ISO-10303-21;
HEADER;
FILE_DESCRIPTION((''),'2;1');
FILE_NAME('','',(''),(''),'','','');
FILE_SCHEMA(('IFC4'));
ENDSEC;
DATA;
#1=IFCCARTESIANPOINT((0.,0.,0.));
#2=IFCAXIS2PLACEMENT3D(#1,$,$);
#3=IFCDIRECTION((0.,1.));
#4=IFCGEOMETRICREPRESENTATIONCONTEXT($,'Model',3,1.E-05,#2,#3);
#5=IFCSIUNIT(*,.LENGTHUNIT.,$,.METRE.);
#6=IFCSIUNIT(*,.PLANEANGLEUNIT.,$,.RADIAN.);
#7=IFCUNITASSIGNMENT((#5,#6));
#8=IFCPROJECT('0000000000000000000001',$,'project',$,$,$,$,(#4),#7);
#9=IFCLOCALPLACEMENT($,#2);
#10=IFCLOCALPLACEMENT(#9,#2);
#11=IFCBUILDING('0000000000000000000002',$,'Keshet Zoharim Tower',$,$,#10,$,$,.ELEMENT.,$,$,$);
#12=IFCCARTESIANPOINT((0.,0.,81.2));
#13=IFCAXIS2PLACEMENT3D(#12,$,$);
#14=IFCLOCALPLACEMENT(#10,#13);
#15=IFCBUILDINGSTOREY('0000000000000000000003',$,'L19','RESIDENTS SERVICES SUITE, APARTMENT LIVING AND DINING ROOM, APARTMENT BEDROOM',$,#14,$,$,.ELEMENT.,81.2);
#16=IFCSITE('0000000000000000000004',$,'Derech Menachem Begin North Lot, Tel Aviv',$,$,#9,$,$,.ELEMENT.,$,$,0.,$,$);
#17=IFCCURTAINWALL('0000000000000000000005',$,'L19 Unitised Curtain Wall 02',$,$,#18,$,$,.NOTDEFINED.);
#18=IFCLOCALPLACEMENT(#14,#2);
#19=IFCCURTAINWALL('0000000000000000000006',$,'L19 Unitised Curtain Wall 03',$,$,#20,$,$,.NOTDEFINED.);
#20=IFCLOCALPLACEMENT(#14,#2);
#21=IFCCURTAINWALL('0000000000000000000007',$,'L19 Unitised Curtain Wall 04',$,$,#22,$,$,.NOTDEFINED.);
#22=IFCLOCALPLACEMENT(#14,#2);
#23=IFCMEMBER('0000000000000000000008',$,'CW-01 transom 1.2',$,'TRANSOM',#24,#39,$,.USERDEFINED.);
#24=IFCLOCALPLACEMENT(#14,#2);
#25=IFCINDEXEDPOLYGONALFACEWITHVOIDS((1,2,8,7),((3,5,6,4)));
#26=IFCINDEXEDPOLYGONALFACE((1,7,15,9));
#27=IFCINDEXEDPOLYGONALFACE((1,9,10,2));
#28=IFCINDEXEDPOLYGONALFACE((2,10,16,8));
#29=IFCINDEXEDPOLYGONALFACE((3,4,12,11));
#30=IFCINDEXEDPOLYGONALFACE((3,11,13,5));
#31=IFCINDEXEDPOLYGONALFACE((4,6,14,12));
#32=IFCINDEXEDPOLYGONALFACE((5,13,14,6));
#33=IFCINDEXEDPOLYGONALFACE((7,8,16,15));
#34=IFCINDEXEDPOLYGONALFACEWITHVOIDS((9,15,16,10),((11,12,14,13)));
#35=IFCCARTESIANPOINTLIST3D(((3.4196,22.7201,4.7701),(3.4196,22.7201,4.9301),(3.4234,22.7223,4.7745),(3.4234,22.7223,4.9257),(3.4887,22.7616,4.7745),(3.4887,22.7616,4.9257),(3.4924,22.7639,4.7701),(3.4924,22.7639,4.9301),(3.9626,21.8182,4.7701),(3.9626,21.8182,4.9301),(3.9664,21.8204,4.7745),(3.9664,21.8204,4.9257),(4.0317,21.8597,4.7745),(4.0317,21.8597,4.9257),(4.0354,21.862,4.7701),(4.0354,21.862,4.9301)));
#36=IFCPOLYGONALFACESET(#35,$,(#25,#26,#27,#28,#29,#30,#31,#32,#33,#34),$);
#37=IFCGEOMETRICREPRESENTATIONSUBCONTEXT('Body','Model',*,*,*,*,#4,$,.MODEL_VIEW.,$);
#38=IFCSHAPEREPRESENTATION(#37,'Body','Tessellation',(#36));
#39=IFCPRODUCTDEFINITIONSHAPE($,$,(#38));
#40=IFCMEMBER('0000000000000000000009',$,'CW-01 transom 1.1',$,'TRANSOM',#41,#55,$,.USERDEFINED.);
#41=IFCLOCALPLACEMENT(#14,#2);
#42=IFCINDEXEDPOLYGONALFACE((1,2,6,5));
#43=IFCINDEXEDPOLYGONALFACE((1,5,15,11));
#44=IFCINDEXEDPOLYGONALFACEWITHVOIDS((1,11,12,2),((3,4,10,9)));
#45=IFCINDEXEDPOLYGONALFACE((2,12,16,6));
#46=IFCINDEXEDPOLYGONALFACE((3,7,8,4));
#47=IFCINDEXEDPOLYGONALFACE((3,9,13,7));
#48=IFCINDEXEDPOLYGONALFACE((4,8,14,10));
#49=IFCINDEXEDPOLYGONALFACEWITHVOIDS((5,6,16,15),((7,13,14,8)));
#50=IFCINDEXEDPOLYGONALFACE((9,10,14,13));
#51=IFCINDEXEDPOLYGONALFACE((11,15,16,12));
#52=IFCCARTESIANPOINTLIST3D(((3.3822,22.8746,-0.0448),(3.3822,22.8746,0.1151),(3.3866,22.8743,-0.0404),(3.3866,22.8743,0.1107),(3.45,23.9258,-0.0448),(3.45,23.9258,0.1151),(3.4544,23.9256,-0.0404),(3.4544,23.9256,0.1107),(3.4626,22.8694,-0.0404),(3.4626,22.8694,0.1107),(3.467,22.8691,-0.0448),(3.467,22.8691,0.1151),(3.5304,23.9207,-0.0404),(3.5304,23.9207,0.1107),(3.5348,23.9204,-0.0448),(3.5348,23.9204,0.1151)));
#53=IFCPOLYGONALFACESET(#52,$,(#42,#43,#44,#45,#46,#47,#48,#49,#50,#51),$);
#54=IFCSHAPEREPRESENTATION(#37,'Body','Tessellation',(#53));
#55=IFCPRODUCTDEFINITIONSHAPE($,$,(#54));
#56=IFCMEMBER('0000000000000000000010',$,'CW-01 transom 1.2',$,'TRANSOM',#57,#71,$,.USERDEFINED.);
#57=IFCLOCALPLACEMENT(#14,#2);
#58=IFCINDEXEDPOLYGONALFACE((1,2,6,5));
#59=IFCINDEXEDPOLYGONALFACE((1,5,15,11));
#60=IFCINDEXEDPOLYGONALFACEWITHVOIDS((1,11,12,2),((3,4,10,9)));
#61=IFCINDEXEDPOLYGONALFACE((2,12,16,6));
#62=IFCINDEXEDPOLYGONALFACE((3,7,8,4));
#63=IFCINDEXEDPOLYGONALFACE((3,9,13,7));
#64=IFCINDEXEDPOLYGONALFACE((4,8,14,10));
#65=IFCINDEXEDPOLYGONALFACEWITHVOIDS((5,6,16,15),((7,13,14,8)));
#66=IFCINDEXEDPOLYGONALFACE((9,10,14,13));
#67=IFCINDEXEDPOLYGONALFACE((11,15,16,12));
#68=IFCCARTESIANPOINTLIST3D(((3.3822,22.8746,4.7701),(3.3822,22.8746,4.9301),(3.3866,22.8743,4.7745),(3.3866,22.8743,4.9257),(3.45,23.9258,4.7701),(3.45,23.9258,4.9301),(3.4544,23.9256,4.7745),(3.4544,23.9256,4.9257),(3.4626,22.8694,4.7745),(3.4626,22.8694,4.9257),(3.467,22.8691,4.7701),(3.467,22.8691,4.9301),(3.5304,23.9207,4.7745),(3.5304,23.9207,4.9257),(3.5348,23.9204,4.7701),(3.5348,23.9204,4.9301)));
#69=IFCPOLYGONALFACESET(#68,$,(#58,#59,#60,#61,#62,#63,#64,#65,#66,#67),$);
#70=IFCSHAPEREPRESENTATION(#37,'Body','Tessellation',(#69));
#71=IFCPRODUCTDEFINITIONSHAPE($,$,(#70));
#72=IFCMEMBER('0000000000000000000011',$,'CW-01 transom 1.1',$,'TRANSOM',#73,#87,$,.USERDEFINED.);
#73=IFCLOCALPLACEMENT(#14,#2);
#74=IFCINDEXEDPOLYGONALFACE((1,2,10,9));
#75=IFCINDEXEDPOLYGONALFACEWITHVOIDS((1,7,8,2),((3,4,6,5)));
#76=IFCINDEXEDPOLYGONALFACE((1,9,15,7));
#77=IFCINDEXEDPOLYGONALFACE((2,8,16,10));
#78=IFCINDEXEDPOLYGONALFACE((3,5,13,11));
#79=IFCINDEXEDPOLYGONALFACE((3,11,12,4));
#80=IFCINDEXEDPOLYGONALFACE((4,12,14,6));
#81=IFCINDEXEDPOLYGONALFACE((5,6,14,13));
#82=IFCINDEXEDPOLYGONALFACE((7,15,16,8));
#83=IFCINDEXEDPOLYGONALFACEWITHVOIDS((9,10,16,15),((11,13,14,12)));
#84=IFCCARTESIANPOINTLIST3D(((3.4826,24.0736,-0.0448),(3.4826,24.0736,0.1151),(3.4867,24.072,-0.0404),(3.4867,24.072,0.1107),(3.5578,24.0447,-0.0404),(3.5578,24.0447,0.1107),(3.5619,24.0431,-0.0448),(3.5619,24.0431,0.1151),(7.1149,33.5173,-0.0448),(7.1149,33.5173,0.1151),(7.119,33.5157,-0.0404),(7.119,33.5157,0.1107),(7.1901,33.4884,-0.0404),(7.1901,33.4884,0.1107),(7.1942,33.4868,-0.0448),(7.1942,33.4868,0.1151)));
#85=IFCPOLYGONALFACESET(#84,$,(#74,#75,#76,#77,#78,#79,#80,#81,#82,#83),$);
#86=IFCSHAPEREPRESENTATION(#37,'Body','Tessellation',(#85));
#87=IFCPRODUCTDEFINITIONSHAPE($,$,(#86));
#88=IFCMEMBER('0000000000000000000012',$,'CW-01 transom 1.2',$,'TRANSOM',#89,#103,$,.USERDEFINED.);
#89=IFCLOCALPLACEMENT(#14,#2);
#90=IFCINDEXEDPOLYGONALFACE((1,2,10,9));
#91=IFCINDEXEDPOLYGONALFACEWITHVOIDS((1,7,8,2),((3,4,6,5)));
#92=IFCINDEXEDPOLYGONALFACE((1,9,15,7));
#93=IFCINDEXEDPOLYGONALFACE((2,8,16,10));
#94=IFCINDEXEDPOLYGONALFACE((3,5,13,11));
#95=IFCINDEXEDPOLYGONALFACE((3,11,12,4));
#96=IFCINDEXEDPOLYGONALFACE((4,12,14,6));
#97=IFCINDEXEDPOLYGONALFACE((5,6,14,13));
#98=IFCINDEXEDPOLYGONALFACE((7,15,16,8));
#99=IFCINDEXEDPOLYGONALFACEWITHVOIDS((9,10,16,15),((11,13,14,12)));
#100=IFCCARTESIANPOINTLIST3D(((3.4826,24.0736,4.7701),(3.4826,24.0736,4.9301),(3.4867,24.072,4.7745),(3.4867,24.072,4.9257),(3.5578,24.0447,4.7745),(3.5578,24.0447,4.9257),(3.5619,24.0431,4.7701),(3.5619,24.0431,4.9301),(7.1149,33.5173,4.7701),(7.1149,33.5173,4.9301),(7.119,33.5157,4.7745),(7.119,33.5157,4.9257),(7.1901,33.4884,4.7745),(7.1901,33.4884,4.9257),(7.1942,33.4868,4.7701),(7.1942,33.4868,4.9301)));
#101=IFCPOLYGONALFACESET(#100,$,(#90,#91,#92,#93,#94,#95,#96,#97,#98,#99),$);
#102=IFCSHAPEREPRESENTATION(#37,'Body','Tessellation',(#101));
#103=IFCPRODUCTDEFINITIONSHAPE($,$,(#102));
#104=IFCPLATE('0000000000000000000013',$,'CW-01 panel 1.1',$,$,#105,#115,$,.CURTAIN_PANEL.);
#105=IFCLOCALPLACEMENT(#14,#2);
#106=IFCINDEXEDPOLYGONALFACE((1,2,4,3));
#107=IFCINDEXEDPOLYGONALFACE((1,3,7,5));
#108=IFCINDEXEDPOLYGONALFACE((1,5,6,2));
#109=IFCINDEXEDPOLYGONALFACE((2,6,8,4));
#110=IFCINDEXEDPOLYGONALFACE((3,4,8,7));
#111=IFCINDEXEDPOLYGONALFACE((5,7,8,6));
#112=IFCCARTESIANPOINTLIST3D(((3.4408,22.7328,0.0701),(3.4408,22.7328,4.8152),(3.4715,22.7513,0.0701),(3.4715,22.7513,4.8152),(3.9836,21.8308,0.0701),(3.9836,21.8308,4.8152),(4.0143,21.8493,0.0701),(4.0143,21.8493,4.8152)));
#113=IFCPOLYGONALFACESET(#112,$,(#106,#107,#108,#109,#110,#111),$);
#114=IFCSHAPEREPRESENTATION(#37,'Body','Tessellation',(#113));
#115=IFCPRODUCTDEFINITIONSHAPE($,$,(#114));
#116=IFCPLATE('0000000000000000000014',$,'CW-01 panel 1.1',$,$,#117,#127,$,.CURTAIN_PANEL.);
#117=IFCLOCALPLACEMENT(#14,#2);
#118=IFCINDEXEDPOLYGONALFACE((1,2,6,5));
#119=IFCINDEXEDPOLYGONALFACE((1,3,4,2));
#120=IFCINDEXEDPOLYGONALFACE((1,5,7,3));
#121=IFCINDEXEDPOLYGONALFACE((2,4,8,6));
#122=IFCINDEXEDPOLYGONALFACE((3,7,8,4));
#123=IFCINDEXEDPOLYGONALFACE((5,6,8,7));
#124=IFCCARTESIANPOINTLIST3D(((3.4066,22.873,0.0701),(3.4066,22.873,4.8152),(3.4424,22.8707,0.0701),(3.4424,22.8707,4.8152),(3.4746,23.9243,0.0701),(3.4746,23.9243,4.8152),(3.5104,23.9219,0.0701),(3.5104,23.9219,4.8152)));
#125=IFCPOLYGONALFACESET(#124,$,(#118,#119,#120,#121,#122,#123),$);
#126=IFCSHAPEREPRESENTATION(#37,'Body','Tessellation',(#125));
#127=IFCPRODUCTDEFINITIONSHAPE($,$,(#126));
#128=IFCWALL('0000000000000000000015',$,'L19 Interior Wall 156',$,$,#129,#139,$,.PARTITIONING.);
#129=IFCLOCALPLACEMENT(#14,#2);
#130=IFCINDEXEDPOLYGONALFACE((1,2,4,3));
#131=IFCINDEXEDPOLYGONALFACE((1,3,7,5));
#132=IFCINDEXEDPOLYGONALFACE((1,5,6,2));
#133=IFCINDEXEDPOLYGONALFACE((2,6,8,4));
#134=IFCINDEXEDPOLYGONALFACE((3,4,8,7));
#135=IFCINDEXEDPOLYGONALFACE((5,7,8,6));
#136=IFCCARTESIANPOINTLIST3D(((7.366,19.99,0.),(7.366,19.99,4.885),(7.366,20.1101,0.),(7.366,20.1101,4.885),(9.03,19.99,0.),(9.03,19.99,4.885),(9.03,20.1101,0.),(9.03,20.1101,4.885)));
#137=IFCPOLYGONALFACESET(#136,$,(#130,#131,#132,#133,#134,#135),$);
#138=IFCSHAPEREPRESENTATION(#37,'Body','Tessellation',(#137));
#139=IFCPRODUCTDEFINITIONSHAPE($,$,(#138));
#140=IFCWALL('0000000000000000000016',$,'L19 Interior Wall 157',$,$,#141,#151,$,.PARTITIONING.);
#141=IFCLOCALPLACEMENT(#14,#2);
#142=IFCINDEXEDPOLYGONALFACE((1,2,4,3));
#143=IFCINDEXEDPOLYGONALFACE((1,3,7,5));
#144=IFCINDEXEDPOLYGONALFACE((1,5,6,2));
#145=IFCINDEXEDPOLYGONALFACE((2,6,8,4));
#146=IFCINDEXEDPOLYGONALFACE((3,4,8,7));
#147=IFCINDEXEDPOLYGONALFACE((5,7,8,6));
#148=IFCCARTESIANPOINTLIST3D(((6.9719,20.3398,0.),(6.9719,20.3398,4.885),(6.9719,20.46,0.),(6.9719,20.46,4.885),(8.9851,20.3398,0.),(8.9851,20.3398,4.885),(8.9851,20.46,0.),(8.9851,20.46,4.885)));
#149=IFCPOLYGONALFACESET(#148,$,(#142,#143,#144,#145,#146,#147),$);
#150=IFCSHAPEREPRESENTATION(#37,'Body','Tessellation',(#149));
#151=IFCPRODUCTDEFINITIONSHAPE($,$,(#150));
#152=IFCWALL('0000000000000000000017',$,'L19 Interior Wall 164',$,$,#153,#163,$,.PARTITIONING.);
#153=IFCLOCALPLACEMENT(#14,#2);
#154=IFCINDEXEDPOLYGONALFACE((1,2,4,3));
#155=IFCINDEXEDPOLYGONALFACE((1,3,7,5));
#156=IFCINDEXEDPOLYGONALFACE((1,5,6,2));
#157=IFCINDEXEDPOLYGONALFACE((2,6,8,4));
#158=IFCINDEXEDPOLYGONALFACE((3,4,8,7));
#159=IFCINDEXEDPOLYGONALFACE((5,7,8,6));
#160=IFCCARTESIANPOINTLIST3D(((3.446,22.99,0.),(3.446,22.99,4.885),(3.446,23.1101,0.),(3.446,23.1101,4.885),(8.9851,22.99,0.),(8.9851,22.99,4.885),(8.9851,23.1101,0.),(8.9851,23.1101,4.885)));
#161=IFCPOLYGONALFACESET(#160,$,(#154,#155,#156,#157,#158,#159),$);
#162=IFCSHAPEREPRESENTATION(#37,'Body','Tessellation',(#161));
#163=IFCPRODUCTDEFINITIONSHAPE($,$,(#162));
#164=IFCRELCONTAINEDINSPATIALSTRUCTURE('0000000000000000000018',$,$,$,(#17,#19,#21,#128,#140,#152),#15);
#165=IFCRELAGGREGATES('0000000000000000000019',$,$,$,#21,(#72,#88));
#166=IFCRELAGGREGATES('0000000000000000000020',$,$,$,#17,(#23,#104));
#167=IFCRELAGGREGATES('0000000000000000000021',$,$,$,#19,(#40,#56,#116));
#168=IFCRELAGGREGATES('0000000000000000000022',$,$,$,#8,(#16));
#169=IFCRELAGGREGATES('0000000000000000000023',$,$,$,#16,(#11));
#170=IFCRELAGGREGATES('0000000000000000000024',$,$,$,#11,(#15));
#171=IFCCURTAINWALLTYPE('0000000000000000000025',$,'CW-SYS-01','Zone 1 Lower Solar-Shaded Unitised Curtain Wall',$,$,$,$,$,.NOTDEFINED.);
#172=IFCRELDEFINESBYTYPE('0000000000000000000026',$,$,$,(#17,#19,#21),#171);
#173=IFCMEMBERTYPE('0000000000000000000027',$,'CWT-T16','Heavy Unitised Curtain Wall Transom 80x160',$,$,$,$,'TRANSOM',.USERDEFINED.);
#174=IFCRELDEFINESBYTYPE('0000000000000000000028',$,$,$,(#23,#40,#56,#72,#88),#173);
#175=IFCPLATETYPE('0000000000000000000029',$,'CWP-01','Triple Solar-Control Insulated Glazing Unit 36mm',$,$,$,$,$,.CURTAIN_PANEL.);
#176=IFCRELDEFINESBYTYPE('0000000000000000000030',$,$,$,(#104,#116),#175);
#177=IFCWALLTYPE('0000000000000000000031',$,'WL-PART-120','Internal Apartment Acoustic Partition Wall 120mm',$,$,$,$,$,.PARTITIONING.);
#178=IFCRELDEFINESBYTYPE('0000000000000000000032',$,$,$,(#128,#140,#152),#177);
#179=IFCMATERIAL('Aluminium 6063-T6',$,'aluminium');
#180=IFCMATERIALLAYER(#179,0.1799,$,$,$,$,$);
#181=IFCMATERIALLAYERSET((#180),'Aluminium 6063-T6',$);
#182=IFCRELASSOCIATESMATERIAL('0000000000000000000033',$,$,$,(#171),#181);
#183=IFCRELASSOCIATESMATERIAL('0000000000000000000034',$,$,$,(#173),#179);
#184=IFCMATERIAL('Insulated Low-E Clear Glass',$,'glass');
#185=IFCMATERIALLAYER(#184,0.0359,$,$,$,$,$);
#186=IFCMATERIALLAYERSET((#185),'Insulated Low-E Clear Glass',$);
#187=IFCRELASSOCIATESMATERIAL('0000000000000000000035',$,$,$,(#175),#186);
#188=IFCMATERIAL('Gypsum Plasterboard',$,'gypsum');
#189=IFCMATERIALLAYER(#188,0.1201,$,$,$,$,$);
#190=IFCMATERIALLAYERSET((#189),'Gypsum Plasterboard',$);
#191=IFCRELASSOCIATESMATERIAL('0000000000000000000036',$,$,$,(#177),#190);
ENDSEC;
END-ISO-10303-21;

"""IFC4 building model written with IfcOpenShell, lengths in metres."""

from ifc_helpers import new_model, si_unit, direction, frame, frame_2d, origin, origin_2d, place, context, subcontext, project, spatial, rectangle, hollow_rectangle, extrude, material, layer, layer_set, material_profile, profile_set, type_object, element, aggregate, save


model = new_model("IFC4")

# Units and contexts
model_context = context("Model", 3, precision=1e-05, world=origin(), true_north=direction((0.0, 1.0)))
body_context = subcontext(model_context, "Body", "Model", "MODEL_VIEW")
ifc_project = project(units=[si_unit("LENGTHUNIT", "METRE"), si_unit("PLANEANGLEUNIT", "RADIAN")], contexts=[model_context])

# Site, building, storey
site_placement = place(None, origin())
site = spatial("IfcSite", under=ifc_project, at=site_placement, Name="Derech Menachem Begin North Lot, Tel Aviv", CompositionType="ELEMENT", RefElevation=0.0)
building_placement = place(site_placement, origin())
building = spatial("IfcBuilding", under=site, at=building_placement, Name="Keshet Zoharim Tower", CompositionType="ELEMENT")
storey_placement = place(building_placement, frame((0.0, 0.0, 81.2)))
storey = spatial("IfcBuildingStorey", under=building, at=storey_placement, Name="L19", Description="RESIDENTS SERVICES SUITE, APARTMENT LIVING AND DINING ROOM, APARTMENT BEDROOM", CompositionType="ELEMENT", Elevation=81.2)

# Shared definitions
ifc_material_1 = material(Name="Aluminium 6063-T6", Category="aluminium")
ifc_layer_1 = layer(ifc_material_1, 0.1799)
ifc_layer_set_1 = layer_set([ifc_layer_1], Name="Aluminium 6063-T6")
curtain_wall_type = type_object("IfcCurtainWallType", Name="CW-SYS-01", Description="Zone 1 Lower Solar-Shaded Unitised Curtain Wall", PredefinedType="NOTDEFINED", material=ifc_layer_set_1)

# Curtain walls
curtain_wall_1_placement = place(storey_placement, origin())
curtain_wall_1 = element("IfcCurtainWall", 1, at=curtain_wall_1_placement, inside=storey, type_object=curtain_wall_type, Name="L19 Unitised Curtain Wall 02", PredefinedType="NOTDEFINED")
curtain_wall_2_placement = place(storey_placement, origin())
curtain_wall_2 = element("IfcCurtainWall", 2, at=curtain_wall_2_placement, inside=storey, type_object=curtain_wall_type, Name="L19 Unitised Curtain Wall 03", PredefinedType="NOTDEFINED")

# Curtain wall
curtain_wall_3_placement = place(storey_placement, origin())
curtain_wall_3 = element("IfcCurtainWall", 3, at=curtain_wall_3_placement, inside=storey, type_object=curtain_wall_type, Name="L19 Unitised Curtain Wall 04", PredefinedType="NOTDEFINED")

# Members
ifc_material_profile_1 = material_profile(ifc_material_1, hollow_rectangle(XDim=0.085, YDim=0.1599, WallThickness=0.0044, at=origin_2d()), Name="TRN-85x160")
ifc_profile_set_1 = profile_set([ifc_material_profile_1], Name="Aluminium 6063-T6")
member_type_1 = type_object("IfcMemberType", Name="CWT-T16", Description="Heavy Unitised Curtain Wall Transom 80x160", ElementType="TRANSOM", PredefinedType="USERDEFINED", material=ifc_profile_set_1)
member_1_placement = place(storey_placement, frame((3.999, 21.8401, 4.8501), z_axis=(-0.515791, 0.856714, 0.0), x_axis=(-0.856714, -0.515791, 0.0)))
member_1 = element("IfcMember", 4, at=member_1_placement, type_object=member_type_1, Name="CW-01 transom 1.2", ObjectType="TRANSOM", PredefinedType="USERDEFINED", context=body_context, shape_type="SweptSolid", body=[
    extrude(hollow_rectangle(XDim=0.085, YDim=0.1599, WallThickness=0.0044, at=origin_2d()), origin(), (0.0, 0.0, 1.0), 1.0527),
])
member_2_placement = place(storey_placement, frame((3.4246, 22.8718, 0.0352), z_axis=(0.064427, 0.997922, 0.0), x_axis=(-0.997922, 0.064427, 0.0)))
member_2 = element("IfcMember", 5, at=member_2_placement, type_object=member_type_1, Name="CW-01 transom 1.1", ObjectType="TRANSOM", PredefinedType="USERDEFINED", context=body_context, shape_type="SweptSolid", body=[
    extrude(hollow_rectangle(XDim=0.085, YDim=0.1599, WallThickness=0.0044, at=origin_2d()), origin(), (0.0, 0.0, 1.0), 1.0535),
])
member_3_placement = place(storey_placement, frame((3.4246, 22.8718, 4.8501), z_axis=(0.064427, 0.997922, 0.0), x_axis=(-0.997922, 0.064427, 0.0)))
member_3 = element("IfcMember", 6, at=member_3_placement, type_object=member_type_1, Name="CW-01 transom 1.2", ObjectType="TRANSOM", PredefinedType="USERDEFINED", context=body_context, shape_type="SweptSolid", body=[
    extrude(hollow_rectangle(XDim=0.085, YDim=0.1599, WallThickness=0.0044, at=origin_2d()), origin(), (0.0, 0.0, 1.0), 1.0535),
])
member_4_placement = place(storey_placement, frame((3.5222, 24.0583, 0.0352), z_axis=(0.358994, 0.93334, 0.0), x_axis=(-0.93334, 0.358994, 0.0)))
member_4 = element("IfcMember", 7, at=member_4_placement, type_object=member_type_1, Name="CW-01 transom 1.1", ObjectType="TRANSOM", PredefinedType="USERDEFINED", context=body_context, shape_type="SweptSolid", body=[
    extrude(hollow_rectangle(XDim=0.085, YDim=0.1599, WallThickness=0.0044, at=origin_2d()), origin(), (0.0, 0.0, 1.0), 10.1182),
])
member_5_placement = place(storey_placement, frame((3.5222, 24.0583, 4.8501), z_axis=(0.358994, 0.93334, 0.0), x_axis=(-0.93334, 0.358994, 0.0)))
member_5 = element("IfcMember", 8, at=member_5_placement, type_object=member_type_1, Name="CW-01 transom 1.2", ObjectType="TRANSOM", PredefinedType="USERDEFINED", context=body_context, shape_type="SweptSolid", body=[
    extrude(hollow_rectangle(XDim=0.085, YDim=0.1599, WallThickness=0.0044, at=origin_2d()), origin(), (0.0, 0.0, 1.0), 10.1182),
])
aggregate(curtain_wall_3, [member_4, member_5])

# Plates
ifc_material_2 = material(Name="Insulated Low-E Clear Glass", Category="glass")
ifc_layer_2 = layer(ifc_material_2, 0.0359)
ifc_layer_set_2 = layer_set([ifc_layer_2], Name="Insulated Low-E Clear Glass")
plate_type = type_object("IfcPlateType", Name="CWP-01", Description="Triple Solar-Control Insulated Glazing Unit 36mm", PredefinedType="CURTAIN_PANEL", material=ifc_layer_set_2)
plate_1_placement = place(storey_placement, frame((3.7275, 22.291, 0.0701), z_axis=(0.0, 0.0, 1.0), x_axis=(-0.515605, 0.856826, 0.0)))
plate_1 = element("IfcPlate", 9, at=plate_1_placement, type_object=plate_type, Name="CW-01 panel 1.1", PredefinedType="CURTAIN_PANEL", context=body_context, shape_type="SweptSolid", body=[
    extrude(rectangle(XDim=1.0527, YDim=0.0359, at=origin_2d()), origin(), (0.0, 0.0, 1.0), 4.7451),
])
aggregate(curtain_wall_1, [member_1, plate_1])
plate_2_placement = place(storey_placement, frame((3.4585, 23.3975, 0.0701), z_axis=(0.0, 0.0, 1.0), x_axis=(0.064517, 0.997917, 0.0)))
plate_2 = element("IfcPlate", 10, at=plate_2_placement, type_object=plate_type, Name="CW-01 panel 1.1", PredefinedType="CURTAIN_PANEL", context=body_context, shape_type="SweptSolid", body=[
    extrude(rectangle(XDim=1.0535, YDim=0.0359, at=origin_2d()), origin(), (0.0, 0.0, 1.0), 4.7451),
])
aggregate(curtain_wall_2, [member_2, member_3, plate_2])

# Shared definitions
ifc_material_3 = material(Name="Gypsum Plasterboard", Category="gypsum")
ifc_layer_3 = layer(ifc_material_3, 0.1201)
ifc_layer_set_3 = layer_set([ifc_layer_3], Name="Gypsum Plasterboard")
wall_type_1 = type_object("IfcWallType", Name="WL-PART-120", Description="Internal Apartment Acoustic Partition Wall 120mm", PredefinedType="PARTITIONING", material=ifc_layer_set_3)

# Walls
wall_1_placement = place(storey_placement, frame((7.366, 20.05, 0.0), z_axis=(0.0, 0.0, 1.0), x_axis=(1.0, 0.0, 0.0)))
element("IfcWall", 11, at=wall_1_placement, inside=storey, type_object=wall_type_1, Name="L19 Interior Wall 156", PredefinedType="PARTITIONING", context=body_context, shape_type="SweptSolid", body=[
    extrude(rectangle(XDim=1.6641, YDim=0.1201, at=frame_2d((0.832, 0.0))), origin(), (0.0, 0.0, 1.0), 4.885),
])
wall_2_placement = place(storey_placement, frame((6.9719, 20.3999, 0.0), z_axis=(0.0, 0.0, 1.0), x_axis=(1.0, 0.0, 0.0)))
element("IfcWall", 12, at=wall_2_placement, inside=storey, type_object=wall_type_1, Name="L19 Interior Wall 157", PredefinedType="PARTITIONING", context=body_context, shape_type="SweptSolid", body=[
    extrude(rectangle(XDim=2.0132, YDim=0.1201, at=frame_2d((1.0066, 0.0))), origin(), (0.0, 0.0, 1.0), 4.885),
])
wall_3_placement = place(storey_placement, frame((3.446, 23.05, 0.0), z_axis=(0.0, 0.0, 1.0), x_axis=(1.0, 0.0, 0.0)))
element("IfcWall", 13, at=wall_3_placement, inside=storey, type_object=wall_type_1, Name="L19 Interior Wall 164", PredefinedType="PARTITIONING", context=body_context, shape_type="SweptSolid", body=[
    extrude(rectangle(XDim=5.5391, YDim=0.1201, at=frame_2d((2.7695, 0.0))), origin(), (0.0, 0.0, 1.0), 4.885),
])

save(model, "model.ifc")
